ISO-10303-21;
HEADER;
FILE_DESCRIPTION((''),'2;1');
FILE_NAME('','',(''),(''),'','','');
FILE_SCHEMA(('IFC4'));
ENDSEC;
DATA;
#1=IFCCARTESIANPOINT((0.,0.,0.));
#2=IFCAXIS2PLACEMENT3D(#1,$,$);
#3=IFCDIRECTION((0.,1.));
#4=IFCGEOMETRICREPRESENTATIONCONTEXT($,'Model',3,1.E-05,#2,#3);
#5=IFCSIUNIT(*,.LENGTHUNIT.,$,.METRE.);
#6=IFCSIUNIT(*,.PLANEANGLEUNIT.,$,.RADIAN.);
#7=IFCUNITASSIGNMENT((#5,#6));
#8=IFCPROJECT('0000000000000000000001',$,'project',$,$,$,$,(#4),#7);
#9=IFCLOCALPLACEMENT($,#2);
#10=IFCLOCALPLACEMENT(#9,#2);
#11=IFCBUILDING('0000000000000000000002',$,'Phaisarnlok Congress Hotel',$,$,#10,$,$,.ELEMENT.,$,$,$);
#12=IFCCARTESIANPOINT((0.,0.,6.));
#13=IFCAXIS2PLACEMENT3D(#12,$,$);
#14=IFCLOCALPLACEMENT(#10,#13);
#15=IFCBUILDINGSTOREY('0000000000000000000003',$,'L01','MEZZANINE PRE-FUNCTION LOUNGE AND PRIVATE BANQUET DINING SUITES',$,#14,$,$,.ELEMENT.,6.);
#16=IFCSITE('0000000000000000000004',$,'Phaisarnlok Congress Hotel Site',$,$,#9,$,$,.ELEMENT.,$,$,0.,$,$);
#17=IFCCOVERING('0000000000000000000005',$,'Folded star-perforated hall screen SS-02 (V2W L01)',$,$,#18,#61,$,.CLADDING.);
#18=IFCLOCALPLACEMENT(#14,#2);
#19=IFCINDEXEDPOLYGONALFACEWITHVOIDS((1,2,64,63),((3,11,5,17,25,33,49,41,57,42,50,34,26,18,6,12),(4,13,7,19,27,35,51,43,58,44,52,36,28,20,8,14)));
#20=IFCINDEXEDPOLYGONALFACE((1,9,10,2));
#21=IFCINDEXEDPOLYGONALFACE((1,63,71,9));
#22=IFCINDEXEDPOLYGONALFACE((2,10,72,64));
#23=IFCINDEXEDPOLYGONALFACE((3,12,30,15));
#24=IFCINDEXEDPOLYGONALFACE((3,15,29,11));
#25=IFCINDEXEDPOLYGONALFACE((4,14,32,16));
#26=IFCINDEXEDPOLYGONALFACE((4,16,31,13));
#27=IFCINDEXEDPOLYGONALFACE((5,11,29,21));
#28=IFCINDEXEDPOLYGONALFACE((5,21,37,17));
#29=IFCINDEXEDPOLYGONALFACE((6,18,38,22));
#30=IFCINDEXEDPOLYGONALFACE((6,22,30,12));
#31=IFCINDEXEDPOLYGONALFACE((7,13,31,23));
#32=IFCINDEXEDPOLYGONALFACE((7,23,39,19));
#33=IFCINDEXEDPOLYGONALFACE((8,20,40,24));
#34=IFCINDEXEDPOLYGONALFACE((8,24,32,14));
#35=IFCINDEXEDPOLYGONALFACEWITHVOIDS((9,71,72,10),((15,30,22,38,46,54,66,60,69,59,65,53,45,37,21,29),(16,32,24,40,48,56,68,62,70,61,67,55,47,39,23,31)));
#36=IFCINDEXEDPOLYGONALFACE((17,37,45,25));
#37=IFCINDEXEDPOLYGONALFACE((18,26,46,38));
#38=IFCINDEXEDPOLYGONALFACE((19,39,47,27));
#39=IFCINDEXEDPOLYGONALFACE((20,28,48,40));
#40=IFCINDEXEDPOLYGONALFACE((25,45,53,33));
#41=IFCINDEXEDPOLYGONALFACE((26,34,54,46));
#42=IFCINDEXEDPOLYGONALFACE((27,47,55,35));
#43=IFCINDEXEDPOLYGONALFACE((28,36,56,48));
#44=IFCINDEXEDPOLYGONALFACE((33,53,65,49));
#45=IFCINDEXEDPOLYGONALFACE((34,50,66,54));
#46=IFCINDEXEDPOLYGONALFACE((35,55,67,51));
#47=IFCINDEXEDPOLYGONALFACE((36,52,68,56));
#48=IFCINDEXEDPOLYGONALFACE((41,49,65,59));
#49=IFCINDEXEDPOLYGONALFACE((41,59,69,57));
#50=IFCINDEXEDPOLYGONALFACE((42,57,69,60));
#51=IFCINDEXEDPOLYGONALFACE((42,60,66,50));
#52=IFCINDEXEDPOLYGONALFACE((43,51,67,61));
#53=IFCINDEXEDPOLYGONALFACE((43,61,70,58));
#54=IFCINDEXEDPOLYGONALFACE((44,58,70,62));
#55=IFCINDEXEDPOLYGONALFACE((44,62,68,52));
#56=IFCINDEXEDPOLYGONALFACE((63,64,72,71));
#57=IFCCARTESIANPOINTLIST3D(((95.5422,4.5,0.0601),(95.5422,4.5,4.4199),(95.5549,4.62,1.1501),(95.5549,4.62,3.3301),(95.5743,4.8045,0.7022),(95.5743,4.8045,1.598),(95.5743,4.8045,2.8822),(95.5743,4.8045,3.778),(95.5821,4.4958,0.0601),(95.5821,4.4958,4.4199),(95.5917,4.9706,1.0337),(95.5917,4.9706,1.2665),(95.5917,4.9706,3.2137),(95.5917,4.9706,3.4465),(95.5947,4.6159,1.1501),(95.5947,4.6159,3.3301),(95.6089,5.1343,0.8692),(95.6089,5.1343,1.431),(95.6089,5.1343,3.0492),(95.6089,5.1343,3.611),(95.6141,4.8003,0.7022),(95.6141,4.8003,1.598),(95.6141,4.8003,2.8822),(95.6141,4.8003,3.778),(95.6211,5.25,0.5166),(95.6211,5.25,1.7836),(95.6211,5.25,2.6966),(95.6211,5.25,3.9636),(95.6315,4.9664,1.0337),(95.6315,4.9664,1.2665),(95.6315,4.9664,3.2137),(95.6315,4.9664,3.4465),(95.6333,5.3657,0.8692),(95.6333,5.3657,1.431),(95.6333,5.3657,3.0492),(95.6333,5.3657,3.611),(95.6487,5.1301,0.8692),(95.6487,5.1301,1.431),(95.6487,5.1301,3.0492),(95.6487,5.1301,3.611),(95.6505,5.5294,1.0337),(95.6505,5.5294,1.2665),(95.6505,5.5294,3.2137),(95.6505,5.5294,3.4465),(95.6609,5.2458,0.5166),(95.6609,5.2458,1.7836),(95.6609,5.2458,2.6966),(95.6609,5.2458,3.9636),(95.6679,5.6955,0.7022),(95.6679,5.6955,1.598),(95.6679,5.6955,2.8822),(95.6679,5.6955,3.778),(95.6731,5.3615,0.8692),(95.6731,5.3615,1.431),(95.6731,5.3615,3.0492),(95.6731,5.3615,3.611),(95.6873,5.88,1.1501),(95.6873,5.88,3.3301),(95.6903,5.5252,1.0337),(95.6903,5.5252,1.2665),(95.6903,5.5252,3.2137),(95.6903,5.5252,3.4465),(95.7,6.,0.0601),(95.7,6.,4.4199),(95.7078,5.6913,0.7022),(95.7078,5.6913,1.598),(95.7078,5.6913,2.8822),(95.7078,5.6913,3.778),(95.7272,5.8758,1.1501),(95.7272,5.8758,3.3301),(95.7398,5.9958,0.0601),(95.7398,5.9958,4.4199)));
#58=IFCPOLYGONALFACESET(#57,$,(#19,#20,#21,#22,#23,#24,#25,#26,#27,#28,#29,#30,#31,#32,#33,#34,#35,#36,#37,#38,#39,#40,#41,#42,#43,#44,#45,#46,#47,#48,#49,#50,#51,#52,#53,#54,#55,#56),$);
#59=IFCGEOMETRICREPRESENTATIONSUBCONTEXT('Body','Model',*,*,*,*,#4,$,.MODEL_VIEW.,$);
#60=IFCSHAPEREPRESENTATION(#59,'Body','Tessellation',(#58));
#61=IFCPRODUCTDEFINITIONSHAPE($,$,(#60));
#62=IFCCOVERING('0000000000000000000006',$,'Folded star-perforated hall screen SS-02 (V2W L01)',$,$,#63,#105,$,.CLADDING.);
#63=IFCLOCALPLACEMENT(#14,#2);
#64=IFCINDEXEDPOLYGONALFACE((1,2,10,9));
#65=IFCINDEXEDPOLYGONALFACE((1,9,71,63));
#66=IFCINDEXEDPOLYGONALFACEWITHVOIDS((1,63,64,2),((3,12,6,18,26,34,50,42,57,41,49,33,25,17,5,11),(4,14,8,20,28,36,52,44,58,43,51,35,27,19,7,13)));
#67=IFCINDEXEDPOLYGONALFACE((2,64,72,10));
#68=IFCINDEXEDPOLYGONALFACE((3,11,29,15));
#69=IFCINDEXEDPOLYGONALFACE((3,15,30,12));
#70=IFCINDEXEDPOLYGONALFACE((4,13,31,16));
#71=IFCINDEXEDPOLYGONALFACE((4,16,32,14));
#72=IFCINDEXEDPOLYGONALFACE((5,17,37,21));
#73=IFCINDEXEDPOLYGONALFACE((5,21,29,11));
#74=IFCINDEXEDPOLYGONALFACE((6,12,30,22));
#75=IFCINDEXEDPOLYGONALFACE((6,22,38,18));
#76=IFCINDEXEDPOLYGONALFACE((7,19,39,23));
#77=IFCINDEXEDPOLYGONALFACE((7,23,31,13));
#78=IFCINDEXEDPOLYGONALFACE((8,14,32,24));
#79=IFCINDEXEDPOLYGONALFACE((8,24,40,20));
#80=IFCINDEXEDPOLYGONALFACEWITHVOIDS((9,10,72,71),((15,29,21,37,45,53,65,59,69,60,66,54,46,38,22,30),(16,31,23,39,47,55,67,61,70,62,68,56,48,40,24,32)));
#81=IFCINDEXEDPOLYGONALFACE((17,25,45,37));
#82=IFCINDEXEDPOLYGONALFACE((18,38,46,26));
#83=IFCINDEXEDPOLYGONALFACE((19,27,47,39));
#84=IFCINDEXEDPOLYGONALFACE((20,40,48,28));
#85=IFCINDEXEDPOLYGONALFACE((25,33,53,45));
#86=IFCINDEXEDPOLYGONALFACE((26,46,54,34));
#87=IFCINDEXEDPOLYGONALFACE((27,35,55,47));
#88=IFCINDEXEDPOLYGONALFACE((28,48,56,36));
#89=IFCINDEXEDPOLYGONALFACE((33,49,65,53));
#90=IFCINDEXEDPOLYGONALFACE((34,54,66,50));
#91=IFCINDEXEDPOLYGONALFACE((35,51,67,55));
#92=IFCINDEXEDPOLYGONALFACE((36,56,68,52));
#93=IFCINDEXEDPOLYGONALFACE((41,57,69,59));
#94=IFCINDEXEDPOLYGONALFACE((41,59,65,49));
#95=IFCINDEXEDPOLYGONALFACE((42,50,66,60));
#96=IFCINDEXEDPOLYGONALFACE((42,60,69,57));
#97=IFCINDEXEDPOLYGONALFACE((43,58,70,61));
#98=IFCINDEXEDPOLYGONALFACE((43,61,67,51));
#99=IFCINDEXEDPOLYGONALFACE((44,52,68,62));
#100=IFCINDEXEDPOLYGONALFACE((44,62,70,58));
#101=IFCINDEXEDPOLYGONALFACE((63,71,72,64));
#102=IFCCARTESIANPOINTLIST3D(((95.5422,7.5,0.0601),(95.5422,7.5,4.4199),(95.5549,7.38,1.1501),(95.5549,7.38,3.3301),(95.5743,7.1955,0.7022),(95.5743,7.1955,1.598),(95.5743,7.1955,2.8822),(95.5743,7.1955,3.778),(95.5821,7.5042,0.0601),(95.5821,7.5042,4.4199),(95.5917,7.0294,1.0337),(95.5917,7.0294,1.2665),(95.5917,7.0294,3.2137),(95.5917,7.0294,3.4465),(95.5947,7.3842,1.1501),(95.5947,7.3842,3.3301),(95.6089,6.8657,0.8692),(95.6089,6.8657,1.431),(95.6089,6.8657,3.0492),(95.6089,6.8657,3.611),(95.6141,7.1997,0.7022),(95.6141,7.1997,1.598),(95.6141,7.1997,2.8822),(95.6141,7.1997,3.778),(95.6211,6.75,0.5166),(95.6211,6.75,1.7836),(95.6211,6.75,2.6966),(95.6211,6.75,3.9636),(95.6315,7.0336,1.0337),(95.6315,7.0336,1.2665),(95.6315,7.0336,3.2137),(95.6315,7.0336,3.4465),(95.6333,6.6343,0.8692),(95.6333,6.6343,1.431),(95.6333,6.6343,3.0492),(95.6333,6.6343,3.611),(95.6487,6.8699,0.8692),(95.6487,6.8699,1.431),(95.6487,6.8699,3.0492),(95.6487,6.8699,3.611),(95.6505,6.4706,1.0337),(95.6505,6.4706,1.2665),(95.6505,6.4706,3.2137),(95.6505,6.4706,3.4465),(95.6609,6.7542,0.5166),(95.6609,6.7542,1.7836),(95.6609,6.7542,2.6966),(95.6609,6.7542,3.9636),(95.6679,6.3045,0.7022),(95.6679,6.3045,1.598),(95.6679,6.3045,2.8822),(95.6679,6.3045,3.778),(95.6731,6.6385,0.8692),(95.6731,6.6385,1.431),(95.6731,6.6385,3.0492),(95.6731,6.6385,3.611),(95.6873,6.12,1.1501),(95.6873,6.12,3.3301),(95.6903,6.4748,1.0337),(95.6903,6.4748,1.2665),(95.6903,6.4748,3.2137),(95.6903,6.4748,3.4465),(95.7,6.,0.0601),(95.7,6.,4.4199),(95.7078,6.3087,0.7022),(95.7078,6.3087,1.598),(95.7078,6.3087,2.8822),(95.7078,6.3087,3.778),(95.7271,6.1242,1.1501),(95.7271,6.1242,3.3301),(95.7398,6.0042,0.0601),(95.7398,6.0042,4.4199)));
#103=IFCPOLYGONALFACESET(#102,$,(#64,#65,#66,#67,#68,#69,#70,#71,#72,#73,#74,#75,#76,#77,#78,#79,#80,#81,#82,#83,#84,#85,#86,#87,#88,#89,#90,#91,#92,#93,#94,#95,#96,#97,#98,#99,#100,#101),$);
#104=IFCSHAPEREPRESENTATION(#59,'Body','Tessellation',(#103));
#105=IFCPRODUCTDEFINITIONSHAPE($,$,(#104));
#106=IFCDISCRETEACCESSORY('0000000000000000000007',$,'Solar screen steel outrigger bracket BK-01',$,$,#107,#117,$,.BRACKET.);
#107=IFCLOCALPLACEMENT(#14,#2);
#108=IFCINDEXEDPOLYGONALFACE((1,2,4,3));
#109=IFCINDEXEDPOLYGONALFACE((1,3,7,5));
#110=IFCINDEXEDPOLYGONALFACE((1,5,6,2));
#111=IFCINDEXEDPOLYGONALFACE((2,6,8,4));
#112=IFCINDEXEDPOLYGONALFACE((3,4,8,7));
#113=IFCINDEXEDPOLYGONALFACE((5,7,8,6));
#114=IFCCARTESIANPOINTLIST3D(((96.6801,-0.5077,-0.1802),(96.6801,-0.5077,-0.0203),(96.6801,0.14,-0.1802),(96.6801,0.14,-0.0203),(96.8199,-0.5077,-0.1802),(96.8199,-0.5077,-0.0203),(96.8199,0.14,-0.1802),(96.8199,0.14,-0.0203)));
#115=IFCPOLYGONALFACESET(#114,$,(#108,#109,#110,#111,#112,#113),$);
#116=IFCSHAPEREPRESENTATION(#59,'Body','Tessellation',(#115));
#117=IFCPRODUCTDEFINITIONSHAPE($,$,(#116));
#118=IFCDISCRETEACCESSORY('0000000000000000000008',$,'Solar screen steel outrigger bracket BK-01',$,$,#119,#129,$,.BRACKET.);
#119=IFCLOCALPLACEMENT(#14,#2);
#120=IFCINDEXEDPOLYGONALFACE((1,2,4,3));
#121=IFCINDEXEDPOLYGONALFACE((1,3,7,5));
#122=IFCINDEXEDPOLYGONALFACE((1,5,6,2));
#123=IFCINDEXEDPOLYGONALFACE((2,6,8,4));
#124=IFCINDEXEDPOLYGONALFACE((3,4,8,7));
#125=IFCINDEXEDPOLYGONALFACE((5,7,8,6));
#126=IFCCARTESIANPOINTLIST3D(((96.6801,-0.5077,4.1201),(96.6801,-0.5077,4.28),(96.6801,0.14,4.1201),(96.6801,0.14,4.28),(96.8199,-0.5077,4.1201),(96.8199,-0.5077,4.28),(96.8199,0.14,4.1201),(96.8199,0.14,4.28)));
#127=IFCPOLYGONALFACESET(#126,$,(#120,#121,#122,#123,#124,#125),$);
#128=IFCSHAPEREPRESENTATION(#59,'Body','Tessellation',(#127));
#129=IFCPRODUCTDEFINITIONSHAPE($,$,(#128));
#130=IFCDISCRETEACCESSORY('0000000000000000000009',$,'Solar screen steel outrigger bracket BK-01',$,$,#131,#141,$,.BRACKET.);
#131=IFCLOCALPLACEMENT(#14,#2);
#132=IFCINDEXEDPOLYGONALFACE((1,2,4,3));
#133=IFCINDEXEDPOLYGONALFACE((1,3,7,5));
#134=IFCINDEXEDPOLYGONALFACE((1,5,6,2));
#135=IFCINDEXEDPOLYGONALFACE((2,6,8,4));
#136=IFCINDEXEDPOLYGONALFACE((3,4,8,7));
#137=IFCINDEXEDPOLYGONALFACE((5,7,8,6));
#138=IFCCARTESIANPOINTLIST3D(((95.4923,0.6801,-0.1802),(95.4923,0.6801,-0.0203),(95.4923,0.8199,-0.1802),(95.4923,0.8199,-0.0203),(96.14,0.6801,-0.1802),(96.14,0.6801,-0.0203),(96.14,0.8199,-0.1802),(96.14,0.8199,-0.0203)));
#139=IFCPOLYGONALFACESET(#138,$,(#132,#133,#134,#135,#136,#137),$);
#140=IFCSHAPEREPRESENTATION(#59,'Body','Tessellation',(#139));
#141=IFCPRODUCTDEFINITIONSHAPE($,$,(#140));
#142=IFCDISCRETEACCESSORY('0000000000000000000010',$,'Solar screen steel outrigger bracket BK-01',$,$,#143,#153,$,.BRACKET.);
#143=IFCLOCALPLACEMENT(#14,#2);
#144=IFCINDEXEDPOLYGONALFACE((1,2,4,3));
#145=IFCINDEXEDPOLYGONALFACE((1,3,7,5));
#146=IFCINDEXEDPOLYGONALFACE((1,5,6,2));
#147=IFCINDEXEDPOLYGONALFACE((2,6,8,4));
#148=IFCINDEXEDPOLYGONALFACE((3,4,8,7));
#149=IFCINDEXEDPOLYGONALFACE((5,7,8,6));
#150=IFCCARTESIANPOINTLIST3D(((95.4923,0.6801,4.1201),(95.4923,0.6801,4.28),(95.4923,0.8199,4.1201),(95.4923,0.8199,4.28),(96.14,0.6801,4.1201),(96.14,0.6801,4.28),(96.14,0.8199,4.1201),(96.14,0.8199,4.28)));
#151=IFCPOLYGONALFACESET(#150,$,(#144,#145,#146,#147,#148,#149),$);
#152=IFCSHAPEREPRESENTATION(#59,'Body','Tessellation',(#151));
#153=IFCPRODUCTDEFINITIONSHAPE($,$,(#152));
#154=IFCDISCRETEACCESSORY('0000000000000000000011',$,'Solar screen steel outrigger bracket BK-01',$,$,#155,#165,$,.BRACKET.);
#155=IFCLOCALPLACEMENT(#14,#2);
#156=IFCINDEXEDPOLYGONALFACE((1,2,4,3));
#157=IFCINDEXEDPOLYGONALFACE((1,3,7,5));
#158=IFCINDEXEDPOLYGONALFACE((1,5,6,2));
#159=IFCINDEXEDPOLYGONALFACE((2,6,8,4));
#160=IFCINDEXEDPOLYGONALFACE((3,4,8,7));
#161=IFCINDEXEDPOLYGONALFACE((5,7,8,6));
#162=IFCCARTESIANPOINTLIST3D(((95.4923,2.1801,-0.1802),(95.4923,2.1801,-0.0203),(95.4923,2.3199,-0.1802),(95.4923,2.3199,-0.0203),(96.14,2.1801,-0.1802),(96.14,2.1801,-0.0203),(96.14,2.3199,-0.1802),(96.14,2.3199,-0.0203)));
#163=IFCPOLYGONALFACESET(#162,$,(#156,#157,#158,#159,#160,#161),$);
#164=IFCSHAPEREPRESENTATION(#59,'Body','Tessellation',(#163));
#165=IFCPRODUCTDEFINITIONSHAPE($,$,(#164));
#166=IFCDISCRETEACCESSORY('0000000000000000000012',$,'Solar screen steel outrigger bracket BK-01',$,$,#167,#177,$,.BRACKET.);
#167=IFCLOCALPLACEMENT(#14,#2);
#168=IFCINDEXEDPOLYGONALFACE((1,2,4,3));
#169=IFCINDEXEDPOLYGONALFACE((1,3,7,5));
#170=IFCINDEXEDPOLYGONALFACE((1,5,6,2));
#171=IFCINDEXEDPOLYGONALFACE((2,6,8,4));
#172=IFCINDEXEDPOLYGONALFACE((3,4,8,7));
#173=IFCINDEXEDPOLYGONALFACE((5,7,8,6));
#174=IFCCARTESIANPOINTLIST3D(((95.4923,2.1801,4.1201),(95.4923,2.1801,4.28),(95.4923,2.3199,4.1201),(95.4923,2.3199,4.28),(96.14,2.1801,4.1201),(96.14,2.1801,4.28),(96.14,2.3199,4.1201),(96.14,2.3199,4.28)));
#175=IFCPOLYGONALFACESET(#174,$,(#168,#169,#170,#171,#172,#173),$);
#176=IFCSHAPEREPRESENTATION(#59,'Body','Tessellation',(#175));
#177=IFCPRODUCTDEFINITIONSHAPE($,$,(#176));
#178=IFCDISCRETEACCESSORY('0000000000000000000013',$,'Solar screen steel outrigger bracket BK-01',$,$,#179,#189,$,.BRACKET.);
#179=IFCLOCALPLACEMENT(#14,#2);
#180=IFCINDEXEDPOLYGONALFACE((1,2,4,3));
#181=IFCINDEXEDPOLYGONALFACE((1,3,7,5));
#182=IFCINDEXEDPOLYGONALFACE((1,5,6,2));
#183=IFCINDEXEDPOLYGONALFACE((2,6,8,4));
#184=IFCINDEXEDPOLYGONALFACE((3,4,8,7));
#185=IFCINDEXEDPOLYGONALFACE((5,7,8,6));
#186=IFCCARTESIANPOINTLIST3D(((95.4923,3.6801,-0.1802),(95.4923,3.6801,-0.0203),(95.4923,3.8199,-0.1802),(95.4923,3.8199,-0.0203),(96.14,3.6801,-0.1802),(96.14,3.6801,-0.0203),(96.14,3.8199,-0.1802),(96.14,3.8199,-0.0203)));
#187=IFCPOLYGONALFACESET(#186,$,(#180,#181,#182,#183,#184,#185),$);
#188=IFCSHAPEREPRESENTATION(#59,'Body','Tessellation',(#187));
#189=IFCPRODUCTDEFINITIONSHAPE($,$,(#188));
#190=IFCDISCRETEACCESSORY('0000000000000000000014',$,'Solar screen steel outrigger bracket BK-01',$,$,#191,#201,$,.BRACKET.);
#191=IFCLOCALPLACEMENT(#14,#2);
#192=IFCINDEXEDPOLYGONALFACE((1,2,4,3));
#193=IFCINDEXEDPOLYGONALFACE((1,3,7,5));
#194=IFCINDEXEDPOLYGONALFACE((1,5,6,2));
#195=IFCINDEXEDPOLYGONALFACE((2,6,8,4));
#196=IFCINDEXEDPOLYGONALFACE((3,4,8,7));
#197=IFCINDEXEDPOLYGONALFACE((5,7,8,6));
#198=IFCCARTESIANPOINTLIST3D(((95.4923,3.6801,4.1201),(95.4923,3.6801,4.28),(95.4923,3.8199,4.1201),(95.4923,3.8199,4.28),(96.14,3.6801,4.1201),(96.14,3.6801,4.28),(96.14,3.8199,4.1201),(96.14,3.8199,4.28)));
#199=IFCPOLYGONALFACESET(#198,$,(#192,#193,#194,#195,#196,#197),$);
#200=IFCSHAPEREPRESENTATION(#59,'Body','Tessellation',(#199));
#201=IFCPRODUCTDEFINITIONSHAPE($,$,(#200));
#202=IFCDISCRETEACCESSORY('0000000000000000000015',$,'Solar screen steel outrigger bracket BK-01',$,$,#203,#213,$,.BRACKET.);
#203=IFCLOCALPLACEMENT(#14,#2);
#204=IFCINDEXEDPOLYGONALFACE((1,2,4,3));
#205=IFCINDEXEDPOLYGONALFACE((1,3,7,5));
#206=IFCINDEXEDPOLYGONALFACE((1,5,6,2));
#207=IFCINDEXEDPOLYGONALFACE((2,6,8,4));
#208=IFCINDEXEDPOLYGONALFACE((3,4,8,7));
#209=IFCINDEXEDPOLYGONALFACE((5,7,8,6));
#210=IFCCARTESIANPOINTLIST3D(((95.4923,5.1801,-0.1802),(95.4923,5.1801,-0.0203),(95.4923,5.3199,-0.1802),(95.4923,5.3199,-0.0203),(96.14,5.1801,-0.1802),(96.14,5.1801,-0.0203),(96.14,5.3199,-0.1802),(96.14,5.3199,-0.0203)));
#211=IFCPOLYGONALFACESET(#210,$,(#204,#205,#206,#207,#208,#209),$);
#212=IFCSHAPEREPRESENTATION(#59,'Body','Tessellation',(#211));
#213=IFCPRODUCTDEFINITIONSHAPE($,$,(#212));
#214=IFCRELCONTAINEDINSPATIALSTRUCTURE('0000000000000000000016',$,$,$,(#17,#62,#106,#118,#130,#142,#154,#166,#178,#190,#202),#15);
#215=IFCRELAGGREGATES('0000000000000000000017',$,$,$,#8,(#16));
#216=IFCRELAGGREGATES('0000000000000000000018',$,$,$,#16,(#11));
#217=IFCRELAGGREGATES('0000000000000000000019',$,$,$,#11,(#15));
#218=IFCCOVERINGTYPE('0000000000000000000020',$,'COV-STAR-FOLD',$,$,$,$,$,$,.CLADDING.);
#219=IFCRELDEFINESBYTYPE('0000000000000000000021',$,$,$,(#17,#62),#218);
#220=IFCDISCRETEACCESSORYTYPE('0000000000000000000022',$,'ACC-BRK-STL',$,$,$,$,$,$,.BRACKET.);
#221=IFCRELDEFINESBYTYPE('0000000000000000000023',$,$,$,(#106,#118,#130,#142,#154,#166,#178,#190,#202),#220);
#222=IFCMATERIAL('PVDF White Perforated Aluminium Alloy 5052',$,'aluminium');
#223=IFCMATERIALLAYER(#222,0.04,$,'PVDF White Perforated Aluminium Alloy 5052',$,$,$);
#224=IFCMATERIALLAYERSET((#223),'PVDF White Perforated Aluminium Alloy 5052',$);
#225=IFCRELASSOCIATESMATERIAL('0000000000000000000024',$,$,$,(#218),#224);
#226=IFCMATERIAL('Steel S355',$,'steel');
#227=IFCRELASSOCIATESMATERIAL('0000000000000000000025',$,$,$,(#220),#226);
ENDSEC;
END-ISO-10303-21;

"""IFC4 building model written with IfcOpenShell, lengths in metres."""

from ifc_helpers import new_model, si_unit, direction, frame, origin, origin_2d, place, context, subcontext, project, spatial, polyline, rectangle, outline, extrude, material, layer, layer_set, type_object, element, save


model = new_model("IFC4")

# Units and contexts
model_context = context("Model", 3, precision=1e-05, world=origin(), true_north=direction((0.0, 1.0)))
body_context = subcontext(model_context, "Body", "Model", "MODEL_VIEW")
ifc_project = project(units=[si_unit("LENGTHUNIT", "METRE"), si_unit("PLANEANGLEUNIT", "RADIAN")], contexts=[model_context])

# Site, building, storey
site_placement = place(None, origin())
site = spatial("IfcSite", under=ifc_project, at=site_placement, Name="Phaisarnlok Congress Hotel Site", CompositionType="ELEMENT", RefElevation=0.0)
building_placement = place(site_placement, origin())
building = spatial("IfcBuilding", under=site, at=building_placement, Name="Phaisarnlok Congress Hotel", CompositionType="ELEMENT")
storey_placement = place(building_placement, frame((0.0, 0.0, 6.0)))
storey = spatial("IfcBuildingStorey", under=building, at=storey_placement, Name="L01", Description="MEZZANINE PRE-FUNCTION LOUNGE AND PRIVATE BANQUET DINING SUITES", CompositionType="ELEMENT", Elevation=6.0)

# Coverings
ifc_material_1 = material(Name="PVDF White Perforated Aluminium Alloy 5052", Category="aluminium")
ifc_layer_1 = layer(ifc_material_1, 0.04, Name="PVDF White Perforated Aluminium Alloy 5052")
ifc_layer_set_1 = layer_set([ifc_layer_1], Name="PVDF White Perforated Aluminium Alloy 5052")
covering_type = type_object("IfcCoveringType", Name="COV-STAR-FOLD", PredefinedType="CLADDING", material=ifc_layer_set_1)
for number, where, z_axis, x_axis, name in (
    (1, (95.5422, 4.5, 0.0601), (0.994518, -0.104567, 0.0), (0.104567, 0.994518, 0.0), "Folded star-perforated hall screen SS-02 (V2W L01)"),
    (2, (95.7, 6.0, 0.0601), (0.994518, 0.104567, 0.0), (-0.104567, 0.994518, 0.0), "Folded star-perforated hall screen SS-02 (V2W L01)"),
):
    element("IfcCovering", number, at=place(storey_placement, frame(where, z_axis=z_axis, x_axis=x_axis)), inside=storey, type_object=covering_type, Name=name, PredefinedType="CLADDING", context=body_context, shape_type="SweptSolid", body=[
        extrude(outline(polyline([(0.0, 0.0), (1.5083, 0.0), (1.5083, 4.3599), (0.0, 4.3599), (0.0, 0.0)]), holes=[polyline([(1.0351, 0.9736), (1.2021, 0.6421), (0.8705, 0.8091), (0.7541, 0.4565), (0.6378, 0.8091), (0.3062, 0.6421), (0.4732, 0.9736), (0.1207, 1.09), (0.4732, 1.2064), (0.3062, 1.5379), (0.6378, 1.3709), (0.7541, 1.7235), (0.8705, 1.3709), (1.2021, 1.5379), (1.0351, 1.2064), (1.3876, 1.09), (1.0351, 0.9736)]), polyline([(1.0351, 3.1536), (1.2021, 2.8221), (0.8705, 2.9891), (0.7541, 2.6365), (0.6378, 2.9891), (0.3062, 2.8221), (0.4732, 3.1536), (0.1207, 3.27), (0.4732, 3.3864), (0.3062, 3.7179), (0.6378, 3.5509), (0.7541, 3.9035), (0.8705, 3.5509), (1.2021, 3.7179), (1.0351, 3.3864), (1.3876, 3.27), (1.0351, 3.1536)])]), origin(), (0.0, 0.0, 1.0), 0.04),
    ])

# Discrete accessories
ifc_material_2 = material(Name="Steel S355", Category="steel")
discrete_accessory_type = type_object("IfcDiscreteAccessoryType", Name="ACC-BRK-STL", PredefinedType="BRACKET", material=ifc_material_2)
for number, where, z_axis, x_axis, name in (
    (3, (96.75, -0.1838, -0.1802), (0.0, 0.0, 1.0), (1.0, 0.0, 0.0), "Solar screen steel outrigger bracket BK-01"),
    (4, (96.75, -0.1838, 4.1201), (0.0, 0.0, 1.0), (1.0, 0.0, 0.0), "Solar screen steel outrigger bracket BK-01"),
):
    element("IfcDiscreteAccessory", number, at=place(storey_placement, frame(where, z_axis=z_axis, x_axis=x_axis)), inside=storey, type_object=discrete_accessory_type, Name=name, PredefinedType="BRACKET", context=body_context, shape_type="SweptSolid", body=[
        extrude(rectangle(XDim=0.1399, YDim=0.6477, at=origin_2d()), origin(), (0.0, 0.0, 1.0), 0.1599),
    ])
for number, where, z_axis, x_axis, name in (
    (5, (95.8162, 0.75, -0.1802), (0.0, 0.0, 1.0), (1.0, 0.0, 0.0), "Solar screen steel outrigger bracket BK-01"),
    (6, (95.8162, 0.75, 4.1201), (0.0, 0.0, 1.0), (1.0, 0.0, 0.0), "Solar screen steel outrigger bracket BK-01"),
    (7, (95.8162, 2.25, -0.1802), (0.0, 0.0, 1.0), (1.0, 0.0, 0.0), "Solar screen steel outrigger bracket BK-01"),
    (8, (95.8162, 2.25, 4.1201), (0.0, 0.0, 1.0), (1.0, 0.0, 0.0), "Solar screen steel outrigger bracket BK-01"),
    (9, (95.8162, 3.75, -0.1802), (0.0, 0.0, 1.0), (1.0, 0.0, 0.0), "Solar screen steel outrigger bracket BK-01"),
    (10, (95.8162, 3.75, 4.1201), (0.0, 0.0, 1.0), (1.0, 0.0, 0.0), "Solar screen steel outrigger bracket BK-01"),
    (11, (95.8162, 5.25, -0.1802), (0.0, 0.0, 1.0), (1.0, 0.0, 0.0), "Solar screen steel outrigger bracket BK-01"),
):
    element("IfcDiscreteAccessory", number, at=place(storey_placement, frame(where, z_axis=z_axis, x_axis=x_axis)), inside=storey, type_object=discrete_accessory_type, Name=name, PredefinedType="BRACKET", context=body_context, shape_type="SweptSolid", body=[
        extrude(rectangle(XDim=0.6477, YDim=0.1399, at=origin_2d()), origin(), (0.0, 0.0, 1.0), 0.1599),
    ])

save(model, "model.ifc")
